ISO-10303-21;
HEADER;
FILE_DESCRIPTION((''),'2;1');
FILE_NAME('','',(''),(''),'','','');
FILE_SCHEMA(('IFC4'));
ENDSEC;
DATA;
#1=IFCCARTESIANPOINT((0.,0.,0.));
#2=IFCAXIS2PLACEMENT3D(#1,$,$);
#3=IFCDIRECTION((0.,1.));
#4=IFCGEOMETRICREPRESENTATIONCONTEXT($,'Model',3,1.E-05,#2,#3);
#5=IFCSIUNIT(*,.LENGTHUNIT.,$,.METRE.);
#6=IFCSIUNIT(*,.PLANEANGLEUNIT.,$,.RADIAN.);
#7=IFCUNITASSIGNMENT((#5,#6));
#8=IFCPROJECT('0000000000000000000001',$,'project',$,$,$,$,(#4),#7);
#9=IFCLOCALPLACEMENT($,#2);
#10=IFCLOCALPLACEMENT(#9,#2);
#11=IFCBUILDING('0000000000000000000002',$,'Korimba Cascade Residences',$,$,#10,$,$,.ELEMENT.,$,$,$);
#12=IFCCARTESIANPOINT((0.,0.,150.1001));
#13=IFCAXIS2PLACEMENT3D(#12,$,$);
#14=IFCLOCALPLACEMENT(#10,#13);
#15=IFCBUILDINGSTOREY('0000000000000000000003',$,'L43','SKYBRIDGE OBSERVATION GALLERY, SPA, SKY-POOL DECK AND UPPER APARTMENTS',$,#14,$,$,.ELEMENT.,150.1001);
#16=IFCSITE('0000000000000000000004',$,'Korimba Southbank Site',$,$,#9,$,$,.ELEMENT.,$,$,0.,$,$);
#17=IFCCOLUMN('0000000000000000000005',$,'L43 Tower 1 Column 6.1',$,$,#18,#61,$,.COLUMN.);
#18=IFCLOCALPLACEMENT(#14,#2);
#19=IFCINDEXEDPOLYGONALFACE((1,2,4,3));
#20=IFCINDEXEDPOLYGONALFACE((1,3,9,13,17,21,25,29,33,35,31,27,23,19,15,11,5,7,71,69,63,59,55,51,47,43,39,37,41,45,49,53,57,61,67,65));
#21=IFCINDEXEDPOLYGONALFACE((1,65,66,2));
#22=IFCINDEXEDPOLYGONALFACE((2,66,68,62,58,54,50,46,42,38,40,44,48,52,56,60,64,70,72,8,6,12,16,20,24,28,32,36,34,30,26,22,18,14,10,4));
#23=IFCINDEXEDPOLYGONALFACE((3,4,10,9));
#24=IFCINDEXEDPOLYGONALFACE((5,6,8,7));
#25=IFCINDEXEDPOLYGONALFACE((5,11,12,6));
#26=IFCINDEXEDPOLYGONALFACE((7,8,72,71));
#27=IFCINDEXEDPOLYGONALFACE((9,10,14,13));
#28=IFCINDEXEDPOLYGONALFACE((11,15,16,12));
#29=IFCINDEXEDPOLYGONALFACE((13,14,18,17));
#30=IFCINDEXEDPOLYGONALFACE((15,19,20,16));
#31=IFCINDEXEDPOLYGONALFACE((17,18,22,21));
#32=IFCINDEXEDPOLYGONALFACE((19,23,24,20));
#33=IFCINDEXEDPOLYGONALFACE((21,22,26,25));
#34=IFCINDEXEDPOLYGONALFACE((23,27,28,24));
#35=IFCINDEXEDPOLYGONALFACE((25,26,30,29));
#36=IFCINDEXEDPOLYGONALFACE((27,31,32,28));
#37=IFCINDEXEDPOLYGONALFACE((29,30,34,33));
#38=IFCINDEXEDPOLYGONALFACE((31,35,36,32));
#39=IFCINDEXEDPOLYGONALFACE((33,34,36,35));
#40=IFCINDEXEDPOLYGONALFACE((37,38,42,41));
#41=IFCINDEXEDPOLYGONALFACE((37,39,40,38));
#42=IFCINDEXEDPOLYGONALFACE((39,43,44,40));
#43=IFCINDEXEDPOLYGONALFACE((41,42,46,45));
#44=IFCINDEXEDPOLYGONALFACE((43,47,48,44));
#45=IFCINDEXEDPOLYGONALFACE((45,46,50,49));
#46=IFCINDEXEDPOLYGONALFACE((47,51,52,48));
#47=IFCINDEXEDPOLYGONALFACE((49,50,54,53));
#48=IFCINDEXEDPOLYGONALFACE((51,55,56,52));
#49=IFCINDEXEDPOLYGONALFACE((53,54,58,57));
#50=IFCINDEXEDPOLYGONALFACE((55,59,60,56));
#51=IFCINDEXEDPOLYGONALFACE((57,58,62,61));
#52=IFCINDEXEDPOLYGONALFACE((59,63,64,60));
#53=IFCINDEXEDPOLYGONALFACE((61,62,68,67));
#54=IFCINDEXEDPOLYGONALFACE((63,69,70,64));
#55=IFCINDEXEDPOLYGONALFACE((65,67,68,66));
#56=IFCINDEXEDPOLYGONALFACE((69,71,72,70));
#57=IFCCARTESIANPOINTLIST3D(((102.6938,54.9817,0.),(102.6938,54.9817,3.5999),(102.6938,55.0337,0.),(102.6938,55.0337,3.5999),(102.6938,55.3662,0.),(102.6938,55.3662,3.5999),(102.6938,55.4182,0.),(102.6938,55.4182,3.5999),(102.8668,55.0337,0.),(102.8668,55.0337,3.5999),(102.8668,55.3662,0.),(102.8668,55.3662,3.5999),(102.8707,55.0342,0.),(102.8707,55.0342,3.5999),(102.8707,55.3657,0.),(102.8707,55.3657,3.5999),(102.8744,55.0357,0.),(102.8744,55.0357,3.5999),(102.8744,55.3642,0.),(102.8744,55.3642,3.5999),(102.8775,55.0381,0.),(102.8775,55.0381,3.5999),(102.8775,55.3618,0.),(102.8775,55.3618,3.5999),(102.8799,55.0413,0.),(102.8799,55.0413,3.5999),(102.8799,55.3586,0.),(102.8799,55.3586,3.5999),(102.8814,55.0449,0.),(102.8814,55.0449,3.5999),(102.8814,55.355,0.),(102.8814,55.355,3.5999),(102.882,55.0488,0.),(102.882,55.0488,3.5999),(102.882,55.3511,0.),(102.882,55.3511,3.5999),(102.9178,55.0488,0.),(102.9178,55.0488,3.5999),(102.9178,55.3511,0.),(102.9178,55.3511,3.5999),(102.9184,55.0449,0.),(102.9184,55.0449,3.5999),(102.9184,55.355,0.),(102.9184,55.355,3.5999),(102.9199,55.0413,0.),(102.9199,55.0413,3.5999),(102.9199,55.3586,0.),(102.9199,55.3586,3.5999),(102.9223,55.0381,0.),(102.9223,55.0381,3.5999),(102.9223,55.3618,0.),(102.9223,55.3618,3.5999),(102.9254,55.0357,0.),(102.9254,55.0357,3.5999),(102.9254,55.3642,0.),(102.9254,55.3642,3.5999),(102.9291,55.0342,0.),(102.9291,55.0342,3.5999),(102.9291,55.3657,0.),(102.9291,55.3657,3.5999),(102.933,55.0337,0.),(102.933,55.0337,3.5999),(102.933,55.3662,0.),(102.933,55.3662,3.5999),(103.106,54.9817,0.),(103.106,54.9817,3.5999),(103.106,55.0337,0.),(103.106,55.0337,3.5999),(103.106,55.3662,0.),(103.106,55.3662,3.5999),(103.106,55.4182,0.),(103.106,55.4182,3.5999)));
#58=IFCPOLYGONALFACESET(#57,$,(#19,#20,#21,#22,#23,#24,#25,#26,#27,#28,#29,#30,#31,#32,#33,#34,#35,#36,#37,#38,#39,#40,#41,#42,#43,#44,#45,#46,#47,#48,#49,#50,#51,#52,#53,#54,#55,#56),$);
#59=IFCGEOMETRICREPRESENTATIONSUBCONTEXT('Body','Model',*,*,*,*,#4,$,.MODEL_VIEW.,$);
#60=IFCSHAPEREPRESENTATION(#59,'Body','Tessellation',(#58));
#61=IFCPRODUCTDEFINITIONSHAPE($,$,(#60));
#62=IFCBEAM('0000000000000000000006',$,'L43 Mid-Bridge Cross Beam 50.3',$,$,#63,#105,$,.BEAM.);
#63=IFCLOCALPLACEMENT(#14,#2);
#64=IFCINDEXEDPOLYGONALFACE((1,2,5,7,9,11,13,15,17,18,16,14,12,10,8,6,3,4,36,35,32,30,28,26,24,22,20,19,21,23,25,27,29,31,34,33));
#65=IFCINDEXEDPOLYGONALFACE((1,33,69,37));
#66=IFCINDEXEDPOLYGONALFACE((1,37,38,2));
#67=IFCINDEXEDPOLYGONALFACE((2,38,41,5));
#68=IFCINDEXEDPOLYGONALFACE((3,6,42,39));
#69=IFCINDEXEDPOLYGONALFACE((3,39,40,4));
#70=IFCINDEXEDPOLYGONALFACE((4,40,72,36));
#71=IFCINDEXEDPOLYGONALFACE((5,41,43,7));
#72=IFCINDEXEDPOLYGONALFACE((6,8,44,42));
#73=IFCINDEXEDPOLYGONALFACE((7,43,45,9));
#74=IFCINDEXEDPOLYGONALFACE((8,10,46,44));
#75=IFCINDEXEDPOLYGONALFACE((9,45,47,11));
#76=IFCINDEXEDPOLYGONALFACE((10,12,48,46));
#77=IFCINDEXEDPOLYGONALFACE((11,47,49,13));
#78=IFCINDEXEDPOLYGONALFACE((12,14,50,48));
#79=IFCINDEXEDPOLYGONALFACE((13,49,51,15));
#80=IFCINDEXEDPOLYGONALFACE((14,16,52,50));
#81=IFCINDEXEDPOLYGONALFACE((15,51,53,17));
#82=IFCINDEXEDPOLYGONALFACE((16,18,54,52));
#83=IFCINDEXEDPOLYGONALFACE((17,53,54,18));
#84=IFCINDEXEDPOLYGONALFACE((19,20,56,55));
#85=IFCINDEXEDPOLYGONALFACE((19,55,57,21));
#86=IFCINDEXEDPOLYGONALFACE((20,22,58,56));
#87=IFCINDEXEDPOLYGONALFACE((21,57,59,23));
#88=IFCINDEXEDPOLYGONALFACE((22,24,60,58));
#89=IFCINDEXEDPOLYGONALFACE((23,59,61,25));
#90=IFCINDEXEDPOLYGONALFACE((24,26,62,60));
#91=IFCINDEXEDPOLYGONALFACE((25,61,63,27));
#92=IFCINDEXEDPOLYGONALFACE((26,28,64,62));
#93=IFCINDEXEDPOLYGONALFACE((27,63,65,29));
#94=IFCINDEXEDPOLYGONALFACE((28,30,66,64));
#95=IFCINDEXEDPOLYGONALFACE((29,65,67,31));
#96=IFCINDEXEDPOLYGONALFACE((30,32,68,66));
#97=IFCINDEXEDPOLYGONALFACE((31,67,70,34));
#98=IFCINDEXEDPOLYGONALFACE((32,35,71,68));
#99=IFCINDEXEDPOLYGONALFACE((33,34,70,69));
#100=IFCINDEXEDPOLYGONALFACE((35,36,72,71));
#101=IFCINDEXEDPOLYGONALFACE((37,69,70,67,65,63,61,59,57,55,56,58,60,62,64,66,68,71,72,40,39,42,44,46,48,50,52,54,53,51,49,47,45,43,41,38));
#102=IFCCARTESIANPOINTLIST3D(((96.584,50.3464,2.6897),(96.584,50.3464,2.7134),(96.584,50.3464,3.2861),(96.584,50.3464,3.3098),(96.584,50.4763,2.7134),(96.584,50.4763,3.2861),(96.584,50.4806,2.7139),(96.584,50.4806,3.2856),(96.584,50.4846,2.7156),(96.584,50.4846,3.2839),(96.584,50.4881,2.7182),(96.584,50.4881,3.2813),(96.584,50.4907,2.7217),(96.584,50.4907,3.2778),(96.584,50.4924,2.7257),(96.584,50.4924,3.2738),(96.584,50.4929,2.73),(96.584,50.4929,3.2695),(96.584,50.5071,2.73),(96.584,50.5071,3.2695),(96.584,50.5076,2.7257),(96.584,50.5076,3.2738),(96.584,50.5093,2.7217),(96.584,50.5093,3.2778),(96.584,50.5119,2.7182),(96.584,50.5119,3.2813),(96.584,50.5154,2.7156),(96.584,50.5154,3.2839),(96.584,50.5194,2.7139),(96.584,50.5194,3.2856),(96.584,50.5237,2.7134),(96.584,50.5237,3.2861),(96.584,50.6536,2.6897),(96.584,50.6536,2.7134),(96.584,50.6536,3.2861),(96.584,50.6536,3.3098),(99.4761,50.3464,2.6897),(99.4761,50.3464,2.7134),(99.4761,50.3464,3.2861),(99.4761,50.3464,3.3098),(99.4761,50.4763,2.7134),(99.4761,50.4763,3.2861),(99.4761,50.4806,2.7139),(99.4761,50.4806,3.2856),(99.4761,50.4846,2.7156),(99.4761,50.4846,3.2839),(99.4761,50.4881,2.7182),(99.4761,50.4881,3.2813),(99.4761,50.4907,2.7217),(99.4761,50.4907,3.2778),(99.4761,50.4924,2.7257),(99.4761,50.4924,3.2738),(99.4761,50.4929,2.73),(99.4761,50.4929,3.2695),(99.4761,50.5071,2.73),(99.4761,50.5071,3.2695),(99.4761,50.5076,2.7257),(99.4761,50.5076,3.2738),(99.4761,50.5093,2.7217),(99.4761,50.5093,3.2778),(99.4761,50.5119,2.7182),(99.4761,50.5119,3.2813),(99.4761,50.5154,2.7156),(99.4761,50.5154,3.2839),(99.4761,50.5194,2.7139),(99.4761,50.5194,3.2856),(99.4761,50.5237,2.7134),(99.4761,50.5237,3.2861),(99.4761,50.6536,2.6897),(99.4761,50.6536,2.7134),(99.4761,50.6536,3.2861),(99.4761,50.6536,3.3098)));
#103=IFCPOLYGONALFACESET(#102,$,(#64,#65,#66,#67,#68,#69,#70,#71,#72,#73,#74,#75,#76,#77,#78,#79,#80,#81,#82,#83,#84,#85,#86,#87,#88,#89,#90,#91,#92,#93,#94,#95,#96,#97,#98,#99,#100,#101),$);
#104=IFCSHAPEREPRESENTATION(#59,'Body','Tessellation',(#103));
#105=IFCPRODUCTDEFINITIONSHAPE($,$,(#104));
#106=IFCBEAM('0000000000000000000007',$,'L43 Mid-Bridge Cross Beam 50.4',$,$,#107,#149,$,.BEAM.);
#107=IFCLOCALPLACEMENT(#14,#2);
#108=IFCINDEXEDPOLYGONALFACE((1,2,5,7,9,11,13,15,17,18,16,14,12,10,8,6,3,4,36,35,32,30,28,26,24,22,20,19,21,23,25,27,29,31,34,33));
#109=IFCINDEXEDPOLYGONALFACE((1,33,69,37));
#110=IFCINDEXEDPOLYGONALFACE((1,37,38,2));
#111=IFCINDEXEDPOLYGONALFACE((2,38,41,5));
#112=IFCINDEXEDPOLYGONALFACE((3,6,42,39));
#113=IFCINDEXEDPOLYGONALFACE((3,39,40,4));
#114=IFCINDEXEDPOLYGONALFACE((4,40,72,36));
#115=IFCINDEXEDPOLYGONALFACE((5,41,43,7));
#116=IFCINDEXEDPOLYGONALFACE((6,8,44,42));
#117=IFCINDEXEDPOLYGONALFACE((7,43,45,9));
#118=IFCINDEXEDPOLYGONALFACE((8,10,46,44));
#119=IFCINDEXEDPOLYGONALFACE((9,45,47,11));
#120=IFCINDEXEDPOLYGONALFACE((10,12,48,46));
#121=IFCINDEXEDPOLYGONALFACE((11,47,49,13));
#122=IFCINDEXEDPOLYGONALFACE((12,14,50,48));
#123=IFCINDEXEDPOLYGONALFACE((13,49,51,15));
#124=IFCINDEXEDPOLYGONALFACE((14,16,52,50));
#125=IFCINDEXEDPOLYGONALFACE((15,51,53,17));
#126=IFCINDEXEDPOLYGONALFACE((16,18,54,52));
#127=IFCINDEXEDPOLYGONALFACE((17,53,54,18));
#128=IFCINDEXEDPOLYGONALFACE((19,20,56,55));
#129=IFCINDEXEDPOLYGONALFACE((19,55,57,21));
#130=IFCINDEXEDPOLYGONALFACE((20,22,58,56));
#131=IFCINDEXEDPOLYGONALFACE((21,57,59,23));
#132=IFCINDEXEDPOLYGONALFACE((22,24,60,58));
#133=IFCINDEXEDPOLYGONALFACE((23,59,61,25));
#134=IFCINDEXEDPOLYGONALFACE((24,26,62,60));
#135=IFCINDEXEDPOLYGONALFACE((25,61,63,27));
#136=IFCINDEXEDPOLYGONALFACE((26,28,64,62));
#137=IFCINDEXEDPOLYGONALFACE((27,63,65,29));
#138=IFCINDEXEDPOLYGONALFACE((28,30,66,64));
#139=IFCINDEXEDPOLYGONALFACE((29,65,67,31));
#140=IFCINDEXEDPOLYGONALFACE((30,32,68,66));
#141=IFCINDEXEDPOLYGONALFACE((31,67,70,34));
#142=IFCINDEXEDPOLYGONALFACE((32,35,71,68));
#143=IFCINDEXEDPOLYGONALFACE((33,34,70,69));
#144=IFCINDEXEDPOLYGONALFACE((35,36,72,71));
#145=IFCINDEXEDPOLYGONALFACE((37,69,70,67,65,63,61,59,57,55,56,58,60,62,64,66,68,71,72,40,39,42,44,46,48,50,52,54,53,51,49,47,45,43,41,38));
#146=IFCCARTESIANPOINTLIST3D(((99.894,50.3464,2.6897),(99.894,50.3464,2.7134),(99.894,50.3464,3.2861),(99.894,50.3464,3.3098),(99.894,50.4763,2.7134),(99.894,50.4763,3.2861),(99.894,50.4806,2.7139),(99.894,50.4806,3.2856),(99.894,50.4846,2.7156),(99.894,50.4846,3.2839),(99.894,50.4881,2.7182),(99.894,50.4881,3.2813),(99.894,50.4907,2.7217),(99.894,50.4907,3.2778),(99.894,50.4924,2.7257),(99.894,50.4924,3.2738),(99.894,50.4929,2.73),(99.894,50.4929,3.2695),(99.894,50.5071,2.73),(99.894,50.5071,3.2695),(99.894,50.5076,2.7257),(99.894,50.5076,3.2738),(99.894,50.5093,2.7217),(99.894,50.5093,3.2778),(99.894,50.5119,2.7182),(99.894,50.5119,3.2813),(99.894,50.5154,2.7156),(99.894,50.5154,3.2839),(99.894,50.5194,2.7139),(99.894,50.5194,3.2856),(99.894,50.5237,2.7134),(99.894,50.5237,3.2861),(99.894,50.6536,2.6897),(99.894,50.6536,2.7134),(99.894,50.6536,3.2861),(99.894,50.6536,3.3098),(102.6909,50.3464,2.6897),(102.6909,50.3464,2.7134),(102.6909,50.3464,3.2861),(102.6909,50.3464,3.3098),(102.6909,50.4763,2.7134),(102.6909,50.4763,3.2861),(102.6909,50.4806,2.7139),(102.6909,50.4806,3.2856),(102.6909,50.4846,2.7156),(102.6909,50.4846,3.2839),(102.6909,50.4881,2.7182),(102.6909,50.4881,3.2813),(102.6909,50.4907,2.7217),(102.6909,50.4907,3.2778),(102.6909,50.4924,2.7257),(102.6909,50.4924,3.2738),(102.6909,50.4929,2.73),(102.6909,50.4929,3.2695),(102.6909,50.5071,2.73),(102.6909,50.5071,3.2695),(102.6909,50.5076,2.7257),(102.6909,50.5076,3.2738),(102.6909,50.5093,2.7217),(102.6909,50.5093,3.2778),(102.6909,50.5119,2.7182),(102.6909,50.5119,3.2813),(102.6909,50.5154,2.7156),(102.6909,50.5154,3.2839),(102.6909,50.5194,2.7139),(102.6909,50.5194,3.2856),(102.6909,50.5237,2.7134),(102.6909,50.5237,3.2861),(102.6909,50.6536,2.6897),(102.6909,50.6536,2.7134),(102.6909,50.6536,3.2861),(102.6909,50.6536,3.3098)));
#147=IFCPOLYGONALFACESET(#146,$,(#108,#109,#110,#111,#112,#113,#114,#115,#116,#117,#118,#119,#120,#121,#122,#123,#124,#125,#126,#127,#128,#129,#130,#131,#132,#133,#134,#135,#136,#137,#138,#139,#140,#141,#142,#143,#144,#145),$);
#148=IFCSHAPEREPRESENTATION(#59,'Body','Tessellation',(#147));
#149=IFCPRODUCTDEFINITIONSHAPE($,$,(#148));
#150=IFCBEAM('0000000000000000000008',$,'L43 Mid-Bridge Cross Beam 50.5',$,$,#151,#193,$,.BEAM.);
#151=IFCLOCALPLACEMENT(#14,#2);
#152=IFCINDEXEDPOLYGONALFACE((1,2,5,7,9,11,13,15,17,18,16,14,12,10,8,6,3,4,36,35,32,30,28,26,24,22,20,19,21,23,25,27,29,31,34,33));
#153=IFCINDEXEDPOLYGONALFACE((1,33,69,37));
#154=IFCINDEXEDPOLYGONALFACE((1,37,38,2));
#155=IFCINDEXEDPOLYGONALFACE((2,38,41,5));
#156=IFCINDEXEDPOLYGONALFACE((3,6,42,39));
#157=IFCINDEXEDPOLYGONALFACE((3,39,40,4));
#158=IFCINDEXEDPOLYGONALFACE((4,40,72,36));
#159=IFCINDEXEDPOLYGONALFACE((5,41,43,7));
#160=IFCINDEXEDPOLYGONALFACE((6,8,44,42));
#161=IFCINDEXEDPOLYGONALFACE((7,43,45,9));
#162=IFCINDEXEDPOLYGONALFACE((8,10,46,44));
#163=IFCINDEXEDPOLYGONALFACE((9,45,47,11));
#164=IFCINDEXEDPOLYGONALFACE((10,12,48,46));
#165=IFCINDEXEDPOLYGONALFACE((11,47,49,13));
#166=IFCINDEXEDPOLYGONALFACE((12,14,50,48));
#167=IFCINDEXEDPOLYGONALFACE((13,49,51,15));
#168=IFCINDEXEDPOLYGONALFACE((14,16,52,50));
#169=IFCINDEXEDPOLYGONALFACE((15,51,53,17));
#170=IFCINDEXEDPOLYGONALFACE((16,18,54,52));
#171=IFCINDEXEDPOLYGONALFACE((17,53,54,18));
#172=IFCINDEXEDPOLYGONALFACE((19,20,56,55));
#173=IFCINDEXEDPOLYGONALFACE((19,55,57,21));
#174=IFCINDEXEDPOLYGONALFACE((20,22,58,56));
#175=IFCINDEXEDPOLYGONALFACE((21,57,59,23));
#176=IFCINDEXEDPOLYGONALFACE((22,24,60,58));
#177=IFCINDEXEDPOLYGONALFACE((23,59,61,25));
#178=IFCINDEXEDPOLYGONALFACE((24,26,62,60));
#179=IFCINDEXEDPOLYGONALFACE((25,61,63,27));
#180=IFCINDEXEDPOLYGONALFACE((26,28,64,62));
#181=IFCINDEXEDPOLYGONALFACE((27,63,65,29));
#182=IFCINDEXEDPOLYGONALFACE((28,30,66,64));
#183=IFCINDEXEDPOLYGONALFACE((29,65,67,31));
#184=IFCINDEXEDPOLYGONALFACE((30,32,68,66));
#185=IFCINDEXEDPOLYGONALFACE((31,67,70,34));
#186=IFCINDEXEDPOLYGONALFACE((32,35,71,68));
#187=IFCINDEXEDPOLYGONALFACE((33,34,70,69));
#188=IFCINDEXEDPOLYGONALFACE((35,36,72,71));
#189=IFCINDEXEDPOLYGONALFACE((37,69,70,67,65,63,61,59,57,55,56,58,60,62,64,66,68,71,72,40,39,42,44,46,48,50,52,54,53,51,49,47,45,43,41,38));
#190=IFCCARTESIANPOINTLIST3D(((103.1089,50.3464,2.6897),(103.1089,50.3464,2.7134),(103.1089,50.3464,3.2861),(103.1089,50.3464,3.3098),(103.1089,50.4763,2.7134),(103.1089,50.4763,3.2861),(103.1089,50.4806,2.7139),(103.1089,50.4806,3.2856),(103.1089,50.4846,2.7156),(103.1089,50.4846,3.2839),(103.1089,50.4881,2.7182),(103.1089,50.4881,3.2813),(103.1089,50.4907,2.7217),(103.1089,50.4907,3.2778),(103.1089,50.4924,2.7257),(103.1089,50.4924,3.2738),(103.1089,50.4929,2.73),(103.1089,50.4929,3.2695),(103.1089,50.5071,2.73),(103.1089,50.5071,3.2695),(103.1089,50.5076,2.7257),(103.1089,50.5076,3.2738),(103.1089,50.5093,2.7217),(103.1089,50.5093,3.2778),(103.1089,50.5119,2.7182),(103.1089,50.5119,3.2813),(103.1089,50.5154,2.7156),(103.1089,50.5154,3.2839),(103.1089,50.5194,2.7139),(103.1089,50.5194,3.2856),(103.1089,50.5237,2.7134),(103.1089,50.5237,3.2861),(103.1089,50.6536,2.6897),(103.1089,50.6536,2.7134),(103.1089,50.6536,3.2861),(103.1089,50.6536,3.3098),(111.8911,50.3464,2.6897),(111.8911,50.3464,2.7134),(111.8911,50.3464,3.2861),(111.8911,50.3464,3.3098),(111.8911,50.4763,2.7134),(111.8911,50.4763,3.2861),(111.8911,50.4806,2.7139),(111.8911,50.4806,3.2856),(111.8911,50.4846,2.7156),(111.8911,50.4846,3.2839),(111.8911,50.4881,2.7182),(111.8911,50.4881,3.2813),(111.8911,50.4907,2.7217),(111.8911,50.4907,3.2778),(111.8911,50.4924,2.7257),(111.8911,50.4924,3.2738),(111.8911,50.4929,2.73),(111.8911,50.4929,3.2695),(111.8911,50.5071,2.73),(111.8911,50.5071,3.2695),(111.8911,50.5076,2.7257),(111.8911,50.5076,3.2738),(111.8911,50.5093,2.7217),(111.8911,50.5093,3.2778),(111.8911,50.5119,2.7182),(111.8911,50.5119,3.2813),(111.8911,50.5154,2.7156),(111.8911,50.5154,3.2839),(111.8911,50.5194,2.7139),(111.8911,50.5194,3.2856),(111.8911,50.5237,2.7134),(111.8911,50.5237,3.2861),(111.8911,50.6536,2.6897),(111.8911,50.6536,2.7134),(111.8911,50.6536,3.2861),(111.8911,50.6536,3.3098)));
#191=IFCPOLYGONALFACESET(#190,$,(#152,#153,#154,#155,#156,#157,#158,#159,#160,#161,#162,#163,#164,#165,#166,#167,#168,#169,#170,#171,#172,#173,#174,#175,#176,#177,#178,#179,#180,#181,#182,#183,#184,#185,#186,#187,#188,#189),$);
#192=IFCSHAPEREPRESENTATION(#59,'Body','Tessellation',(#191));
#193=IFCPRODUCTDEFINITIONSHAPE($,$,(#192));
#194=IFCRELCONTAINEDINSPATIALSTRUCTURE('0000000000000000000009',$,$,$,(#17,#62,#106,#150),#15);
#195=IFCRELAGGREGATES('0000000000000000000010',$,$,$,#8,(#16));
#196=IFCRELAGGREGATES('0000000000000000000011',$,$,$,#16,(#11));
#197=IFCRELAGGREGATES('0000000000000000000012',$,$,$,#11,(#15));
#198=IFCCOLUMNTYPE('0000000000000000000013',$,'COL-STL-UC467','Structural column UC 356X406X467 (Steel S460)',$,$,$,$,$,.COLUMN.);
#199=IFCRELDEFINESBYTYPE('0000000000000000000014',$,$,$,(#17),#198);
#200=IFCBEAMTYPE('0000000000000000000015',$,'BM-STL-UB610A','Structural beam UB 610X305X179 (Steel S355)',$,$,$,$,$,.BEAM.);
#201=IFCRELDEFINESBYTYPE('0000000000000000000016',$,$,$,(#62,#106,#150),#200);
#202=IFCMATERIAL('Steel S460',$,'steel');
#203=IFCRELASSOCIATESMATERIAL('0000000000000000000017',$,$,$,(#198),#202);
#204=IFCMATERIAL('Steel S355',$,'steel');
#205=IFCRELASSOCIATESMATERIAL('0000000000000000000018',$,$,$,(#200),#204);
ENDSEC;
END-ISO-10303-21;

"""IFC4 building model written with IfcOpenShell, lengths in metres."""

from ifc_helpers import new_model, si_unit, direction, frame, origin, origin_2d, place, context, subcontext, project, spatial, i_section, extrude, material, material_profile, profile_set, type_object, element, save


model = new_model("IFC4")

# Units and contexts
model_context = context("Model", 3, precision=1e-05, world=origin(), true_north=direction((0.0, 1.0)))
body_context = subcontext(model_context, "Body", "Model", "MODEL_VIEW")
ifc_project = project(units=[si_unit("LENGTHUNIT", "METRE"), si_unit("PLANEANGLEUNIT", "RADIAN")], contexts=[model_context])

# Site, building, storey
site_placement = place(None, origin())
site = spatial("IfcSite", under=ifc_project, at=site_placement, Name="Korimba Southbank Site", CompositionType="ELEMENT", RefElevation=0.0)
building_placement = place(site_placement, origin())
building = spatial("IfcBuilding", under=site, at=building_placement, Name="Korimba Cascade Residences", CompositionType="ELEMENT")
storey_placement = place(building_placement, frame((0.0, 0.0, 150.1001)))
storey = spatial("IfcBuildingStorey", under=building, at=storey_placement, Name="L43", Description="SKYBRIDGE OBSERVATION GALLERY, SPA, SKY-POOL DECK AND UPPER APARTMENTS", CompositionType="ELEMENT", Elevation=150.1001)

# Column
ifc_material_1 = material(Name="Steel S460", Category="steel")
ifc_material_profile_1 = material_profile(ifc_material_1, i_section(OverallWidth=0.4121, OverallDepth=0.4365, WebThickness=0.0359, FlangeThickness=0.052, FilletRadius=0.0151, at=origin_2d()), Name="Steel S460")
ifc_profile_set_1 = profile_set([ifc_material_profile_1], Name="Steel S460")
column_type = type_object("IfcColumnType", Name="COL-STL-UC467", Description="Structural column UC 356X406X467 (Steel S460)", PredefinedType="COLUMN", material=ifc_profile_set_1)
column_placement = place(storey_placement, frame((102.8999, 55.2, 0.0), z_axis=(0.0, 0.0, 1.0), x_axis=(1.0, 0.0, 0.0)))
element("IfcColumn", 1, at=column_placement, inside=storey, type_object=column_type, Name="L43 Tower 1 Column 6.1", PredefinedType="COLUMN", context=body_context, shape_type="SweptSolid", body=[
    extrude(i_section(OverallWidth=0.4121, OverallDepth=0.4365, WebThickness=0.0359, FlangeThickness=0.052, FilletRadius=0.0151, at=origin_2d()), origin(), (0.0, 0.0, 1.0), 3.5999),
])

# Beams
ifc_material_2 = material(Name="Steel S355", Category="steel")
ifc_material_profile_2 = material_profile(ifc_material_2, i_section(OverallWidth=0.3071, OverallDepth=0.6201, WebThickness=0.0142, FlangeThickness=0.0237, FilletRadius=0.0166, at=origin_2d()), Name="Steel S355")
ifc_profile_set_2 = profile_set([ifc_material_profile_2], Name="Steel S355")
beam_type_1 = type_object("IfcBeamType", Name="BM-STL-UB610A", Description="Structural beam UB 610X305X179 (Steel S355)", PredefinedType="BEAM", material=ifc_profile_set_2)
beam_1_placement = place(storey_placement, frame((96.584, 50.5, 2.9998), z_axis=(1.0, 0.0, 0.0), x_axis=(0.0, 1.0, 0.0)))
element("IfcBeam", 2, at=beam_1_placement, inside=storey, type_object=beam_type_1, Name="L43 Mid-Bridge Cross Beam 50.3", PredefinedType="BEAM", context=body_context, shape_type="SweptSolid", body=[
    extrude(i_section(OverallWidth=0.3071, OverallDepth=0.6201, WebThickness=0.0142, FlangeThickness=0.0237, FilletRadius=0.0166, at=origin_2d()), origin(), (0.0, 0.0, 1.0), 2.8921),
])
beam_2_placement = place(storey_placement, frame((99.894, 50.5, 2.9998), z_axis=(1.0, 0.0, 0.0), x_axis=(0.0, 1.0, 0.0)))
element("IfcBeam", 3, at=beam_2_placement, inside=storey, type_object=beam_type_1, Name="L43 Mid-Bridge Cross Beam 50.4", PredefinedType="BEAM", context=body_context, shape_type="SweptSolid", body=[
    extrude(i_section(OverallWidth=0.3071, OverallDepth=0.6201, WebThickness=0.0142, FlangeThickness=0.0237, FilletRadius=0.0166, at=origin_2d()), origin(), (0.0, 0.0, 1.0), 2.7969),
])
beam_3_placement = place(storey_placement, frame((103.1089, 50.5, 2.9998), z_axis=(1.0, 0.0, 0.0), x_axis=(0.0, 1.0, 0.0)))
element("IfcBeam", 4, at=beam_3_placement, inside=storey, type_object=beam_type_1, Name="L43 Mid-Bridge Cross Beam 50.5", PredefinedType="BEAM", context=body_context, shape_type="SweptSolid", body=[
    extrude(i_section(OverallWidth=0.3071, OverallDepth=0.6201, WebThickness=0.0142, FlangeThickness=0.0237, FilletRadius=0.0166, at=origin_2d()), origin(), (0.0, 0.0, 1.0), 8.7822),
])

save(model, "model.ifc")
